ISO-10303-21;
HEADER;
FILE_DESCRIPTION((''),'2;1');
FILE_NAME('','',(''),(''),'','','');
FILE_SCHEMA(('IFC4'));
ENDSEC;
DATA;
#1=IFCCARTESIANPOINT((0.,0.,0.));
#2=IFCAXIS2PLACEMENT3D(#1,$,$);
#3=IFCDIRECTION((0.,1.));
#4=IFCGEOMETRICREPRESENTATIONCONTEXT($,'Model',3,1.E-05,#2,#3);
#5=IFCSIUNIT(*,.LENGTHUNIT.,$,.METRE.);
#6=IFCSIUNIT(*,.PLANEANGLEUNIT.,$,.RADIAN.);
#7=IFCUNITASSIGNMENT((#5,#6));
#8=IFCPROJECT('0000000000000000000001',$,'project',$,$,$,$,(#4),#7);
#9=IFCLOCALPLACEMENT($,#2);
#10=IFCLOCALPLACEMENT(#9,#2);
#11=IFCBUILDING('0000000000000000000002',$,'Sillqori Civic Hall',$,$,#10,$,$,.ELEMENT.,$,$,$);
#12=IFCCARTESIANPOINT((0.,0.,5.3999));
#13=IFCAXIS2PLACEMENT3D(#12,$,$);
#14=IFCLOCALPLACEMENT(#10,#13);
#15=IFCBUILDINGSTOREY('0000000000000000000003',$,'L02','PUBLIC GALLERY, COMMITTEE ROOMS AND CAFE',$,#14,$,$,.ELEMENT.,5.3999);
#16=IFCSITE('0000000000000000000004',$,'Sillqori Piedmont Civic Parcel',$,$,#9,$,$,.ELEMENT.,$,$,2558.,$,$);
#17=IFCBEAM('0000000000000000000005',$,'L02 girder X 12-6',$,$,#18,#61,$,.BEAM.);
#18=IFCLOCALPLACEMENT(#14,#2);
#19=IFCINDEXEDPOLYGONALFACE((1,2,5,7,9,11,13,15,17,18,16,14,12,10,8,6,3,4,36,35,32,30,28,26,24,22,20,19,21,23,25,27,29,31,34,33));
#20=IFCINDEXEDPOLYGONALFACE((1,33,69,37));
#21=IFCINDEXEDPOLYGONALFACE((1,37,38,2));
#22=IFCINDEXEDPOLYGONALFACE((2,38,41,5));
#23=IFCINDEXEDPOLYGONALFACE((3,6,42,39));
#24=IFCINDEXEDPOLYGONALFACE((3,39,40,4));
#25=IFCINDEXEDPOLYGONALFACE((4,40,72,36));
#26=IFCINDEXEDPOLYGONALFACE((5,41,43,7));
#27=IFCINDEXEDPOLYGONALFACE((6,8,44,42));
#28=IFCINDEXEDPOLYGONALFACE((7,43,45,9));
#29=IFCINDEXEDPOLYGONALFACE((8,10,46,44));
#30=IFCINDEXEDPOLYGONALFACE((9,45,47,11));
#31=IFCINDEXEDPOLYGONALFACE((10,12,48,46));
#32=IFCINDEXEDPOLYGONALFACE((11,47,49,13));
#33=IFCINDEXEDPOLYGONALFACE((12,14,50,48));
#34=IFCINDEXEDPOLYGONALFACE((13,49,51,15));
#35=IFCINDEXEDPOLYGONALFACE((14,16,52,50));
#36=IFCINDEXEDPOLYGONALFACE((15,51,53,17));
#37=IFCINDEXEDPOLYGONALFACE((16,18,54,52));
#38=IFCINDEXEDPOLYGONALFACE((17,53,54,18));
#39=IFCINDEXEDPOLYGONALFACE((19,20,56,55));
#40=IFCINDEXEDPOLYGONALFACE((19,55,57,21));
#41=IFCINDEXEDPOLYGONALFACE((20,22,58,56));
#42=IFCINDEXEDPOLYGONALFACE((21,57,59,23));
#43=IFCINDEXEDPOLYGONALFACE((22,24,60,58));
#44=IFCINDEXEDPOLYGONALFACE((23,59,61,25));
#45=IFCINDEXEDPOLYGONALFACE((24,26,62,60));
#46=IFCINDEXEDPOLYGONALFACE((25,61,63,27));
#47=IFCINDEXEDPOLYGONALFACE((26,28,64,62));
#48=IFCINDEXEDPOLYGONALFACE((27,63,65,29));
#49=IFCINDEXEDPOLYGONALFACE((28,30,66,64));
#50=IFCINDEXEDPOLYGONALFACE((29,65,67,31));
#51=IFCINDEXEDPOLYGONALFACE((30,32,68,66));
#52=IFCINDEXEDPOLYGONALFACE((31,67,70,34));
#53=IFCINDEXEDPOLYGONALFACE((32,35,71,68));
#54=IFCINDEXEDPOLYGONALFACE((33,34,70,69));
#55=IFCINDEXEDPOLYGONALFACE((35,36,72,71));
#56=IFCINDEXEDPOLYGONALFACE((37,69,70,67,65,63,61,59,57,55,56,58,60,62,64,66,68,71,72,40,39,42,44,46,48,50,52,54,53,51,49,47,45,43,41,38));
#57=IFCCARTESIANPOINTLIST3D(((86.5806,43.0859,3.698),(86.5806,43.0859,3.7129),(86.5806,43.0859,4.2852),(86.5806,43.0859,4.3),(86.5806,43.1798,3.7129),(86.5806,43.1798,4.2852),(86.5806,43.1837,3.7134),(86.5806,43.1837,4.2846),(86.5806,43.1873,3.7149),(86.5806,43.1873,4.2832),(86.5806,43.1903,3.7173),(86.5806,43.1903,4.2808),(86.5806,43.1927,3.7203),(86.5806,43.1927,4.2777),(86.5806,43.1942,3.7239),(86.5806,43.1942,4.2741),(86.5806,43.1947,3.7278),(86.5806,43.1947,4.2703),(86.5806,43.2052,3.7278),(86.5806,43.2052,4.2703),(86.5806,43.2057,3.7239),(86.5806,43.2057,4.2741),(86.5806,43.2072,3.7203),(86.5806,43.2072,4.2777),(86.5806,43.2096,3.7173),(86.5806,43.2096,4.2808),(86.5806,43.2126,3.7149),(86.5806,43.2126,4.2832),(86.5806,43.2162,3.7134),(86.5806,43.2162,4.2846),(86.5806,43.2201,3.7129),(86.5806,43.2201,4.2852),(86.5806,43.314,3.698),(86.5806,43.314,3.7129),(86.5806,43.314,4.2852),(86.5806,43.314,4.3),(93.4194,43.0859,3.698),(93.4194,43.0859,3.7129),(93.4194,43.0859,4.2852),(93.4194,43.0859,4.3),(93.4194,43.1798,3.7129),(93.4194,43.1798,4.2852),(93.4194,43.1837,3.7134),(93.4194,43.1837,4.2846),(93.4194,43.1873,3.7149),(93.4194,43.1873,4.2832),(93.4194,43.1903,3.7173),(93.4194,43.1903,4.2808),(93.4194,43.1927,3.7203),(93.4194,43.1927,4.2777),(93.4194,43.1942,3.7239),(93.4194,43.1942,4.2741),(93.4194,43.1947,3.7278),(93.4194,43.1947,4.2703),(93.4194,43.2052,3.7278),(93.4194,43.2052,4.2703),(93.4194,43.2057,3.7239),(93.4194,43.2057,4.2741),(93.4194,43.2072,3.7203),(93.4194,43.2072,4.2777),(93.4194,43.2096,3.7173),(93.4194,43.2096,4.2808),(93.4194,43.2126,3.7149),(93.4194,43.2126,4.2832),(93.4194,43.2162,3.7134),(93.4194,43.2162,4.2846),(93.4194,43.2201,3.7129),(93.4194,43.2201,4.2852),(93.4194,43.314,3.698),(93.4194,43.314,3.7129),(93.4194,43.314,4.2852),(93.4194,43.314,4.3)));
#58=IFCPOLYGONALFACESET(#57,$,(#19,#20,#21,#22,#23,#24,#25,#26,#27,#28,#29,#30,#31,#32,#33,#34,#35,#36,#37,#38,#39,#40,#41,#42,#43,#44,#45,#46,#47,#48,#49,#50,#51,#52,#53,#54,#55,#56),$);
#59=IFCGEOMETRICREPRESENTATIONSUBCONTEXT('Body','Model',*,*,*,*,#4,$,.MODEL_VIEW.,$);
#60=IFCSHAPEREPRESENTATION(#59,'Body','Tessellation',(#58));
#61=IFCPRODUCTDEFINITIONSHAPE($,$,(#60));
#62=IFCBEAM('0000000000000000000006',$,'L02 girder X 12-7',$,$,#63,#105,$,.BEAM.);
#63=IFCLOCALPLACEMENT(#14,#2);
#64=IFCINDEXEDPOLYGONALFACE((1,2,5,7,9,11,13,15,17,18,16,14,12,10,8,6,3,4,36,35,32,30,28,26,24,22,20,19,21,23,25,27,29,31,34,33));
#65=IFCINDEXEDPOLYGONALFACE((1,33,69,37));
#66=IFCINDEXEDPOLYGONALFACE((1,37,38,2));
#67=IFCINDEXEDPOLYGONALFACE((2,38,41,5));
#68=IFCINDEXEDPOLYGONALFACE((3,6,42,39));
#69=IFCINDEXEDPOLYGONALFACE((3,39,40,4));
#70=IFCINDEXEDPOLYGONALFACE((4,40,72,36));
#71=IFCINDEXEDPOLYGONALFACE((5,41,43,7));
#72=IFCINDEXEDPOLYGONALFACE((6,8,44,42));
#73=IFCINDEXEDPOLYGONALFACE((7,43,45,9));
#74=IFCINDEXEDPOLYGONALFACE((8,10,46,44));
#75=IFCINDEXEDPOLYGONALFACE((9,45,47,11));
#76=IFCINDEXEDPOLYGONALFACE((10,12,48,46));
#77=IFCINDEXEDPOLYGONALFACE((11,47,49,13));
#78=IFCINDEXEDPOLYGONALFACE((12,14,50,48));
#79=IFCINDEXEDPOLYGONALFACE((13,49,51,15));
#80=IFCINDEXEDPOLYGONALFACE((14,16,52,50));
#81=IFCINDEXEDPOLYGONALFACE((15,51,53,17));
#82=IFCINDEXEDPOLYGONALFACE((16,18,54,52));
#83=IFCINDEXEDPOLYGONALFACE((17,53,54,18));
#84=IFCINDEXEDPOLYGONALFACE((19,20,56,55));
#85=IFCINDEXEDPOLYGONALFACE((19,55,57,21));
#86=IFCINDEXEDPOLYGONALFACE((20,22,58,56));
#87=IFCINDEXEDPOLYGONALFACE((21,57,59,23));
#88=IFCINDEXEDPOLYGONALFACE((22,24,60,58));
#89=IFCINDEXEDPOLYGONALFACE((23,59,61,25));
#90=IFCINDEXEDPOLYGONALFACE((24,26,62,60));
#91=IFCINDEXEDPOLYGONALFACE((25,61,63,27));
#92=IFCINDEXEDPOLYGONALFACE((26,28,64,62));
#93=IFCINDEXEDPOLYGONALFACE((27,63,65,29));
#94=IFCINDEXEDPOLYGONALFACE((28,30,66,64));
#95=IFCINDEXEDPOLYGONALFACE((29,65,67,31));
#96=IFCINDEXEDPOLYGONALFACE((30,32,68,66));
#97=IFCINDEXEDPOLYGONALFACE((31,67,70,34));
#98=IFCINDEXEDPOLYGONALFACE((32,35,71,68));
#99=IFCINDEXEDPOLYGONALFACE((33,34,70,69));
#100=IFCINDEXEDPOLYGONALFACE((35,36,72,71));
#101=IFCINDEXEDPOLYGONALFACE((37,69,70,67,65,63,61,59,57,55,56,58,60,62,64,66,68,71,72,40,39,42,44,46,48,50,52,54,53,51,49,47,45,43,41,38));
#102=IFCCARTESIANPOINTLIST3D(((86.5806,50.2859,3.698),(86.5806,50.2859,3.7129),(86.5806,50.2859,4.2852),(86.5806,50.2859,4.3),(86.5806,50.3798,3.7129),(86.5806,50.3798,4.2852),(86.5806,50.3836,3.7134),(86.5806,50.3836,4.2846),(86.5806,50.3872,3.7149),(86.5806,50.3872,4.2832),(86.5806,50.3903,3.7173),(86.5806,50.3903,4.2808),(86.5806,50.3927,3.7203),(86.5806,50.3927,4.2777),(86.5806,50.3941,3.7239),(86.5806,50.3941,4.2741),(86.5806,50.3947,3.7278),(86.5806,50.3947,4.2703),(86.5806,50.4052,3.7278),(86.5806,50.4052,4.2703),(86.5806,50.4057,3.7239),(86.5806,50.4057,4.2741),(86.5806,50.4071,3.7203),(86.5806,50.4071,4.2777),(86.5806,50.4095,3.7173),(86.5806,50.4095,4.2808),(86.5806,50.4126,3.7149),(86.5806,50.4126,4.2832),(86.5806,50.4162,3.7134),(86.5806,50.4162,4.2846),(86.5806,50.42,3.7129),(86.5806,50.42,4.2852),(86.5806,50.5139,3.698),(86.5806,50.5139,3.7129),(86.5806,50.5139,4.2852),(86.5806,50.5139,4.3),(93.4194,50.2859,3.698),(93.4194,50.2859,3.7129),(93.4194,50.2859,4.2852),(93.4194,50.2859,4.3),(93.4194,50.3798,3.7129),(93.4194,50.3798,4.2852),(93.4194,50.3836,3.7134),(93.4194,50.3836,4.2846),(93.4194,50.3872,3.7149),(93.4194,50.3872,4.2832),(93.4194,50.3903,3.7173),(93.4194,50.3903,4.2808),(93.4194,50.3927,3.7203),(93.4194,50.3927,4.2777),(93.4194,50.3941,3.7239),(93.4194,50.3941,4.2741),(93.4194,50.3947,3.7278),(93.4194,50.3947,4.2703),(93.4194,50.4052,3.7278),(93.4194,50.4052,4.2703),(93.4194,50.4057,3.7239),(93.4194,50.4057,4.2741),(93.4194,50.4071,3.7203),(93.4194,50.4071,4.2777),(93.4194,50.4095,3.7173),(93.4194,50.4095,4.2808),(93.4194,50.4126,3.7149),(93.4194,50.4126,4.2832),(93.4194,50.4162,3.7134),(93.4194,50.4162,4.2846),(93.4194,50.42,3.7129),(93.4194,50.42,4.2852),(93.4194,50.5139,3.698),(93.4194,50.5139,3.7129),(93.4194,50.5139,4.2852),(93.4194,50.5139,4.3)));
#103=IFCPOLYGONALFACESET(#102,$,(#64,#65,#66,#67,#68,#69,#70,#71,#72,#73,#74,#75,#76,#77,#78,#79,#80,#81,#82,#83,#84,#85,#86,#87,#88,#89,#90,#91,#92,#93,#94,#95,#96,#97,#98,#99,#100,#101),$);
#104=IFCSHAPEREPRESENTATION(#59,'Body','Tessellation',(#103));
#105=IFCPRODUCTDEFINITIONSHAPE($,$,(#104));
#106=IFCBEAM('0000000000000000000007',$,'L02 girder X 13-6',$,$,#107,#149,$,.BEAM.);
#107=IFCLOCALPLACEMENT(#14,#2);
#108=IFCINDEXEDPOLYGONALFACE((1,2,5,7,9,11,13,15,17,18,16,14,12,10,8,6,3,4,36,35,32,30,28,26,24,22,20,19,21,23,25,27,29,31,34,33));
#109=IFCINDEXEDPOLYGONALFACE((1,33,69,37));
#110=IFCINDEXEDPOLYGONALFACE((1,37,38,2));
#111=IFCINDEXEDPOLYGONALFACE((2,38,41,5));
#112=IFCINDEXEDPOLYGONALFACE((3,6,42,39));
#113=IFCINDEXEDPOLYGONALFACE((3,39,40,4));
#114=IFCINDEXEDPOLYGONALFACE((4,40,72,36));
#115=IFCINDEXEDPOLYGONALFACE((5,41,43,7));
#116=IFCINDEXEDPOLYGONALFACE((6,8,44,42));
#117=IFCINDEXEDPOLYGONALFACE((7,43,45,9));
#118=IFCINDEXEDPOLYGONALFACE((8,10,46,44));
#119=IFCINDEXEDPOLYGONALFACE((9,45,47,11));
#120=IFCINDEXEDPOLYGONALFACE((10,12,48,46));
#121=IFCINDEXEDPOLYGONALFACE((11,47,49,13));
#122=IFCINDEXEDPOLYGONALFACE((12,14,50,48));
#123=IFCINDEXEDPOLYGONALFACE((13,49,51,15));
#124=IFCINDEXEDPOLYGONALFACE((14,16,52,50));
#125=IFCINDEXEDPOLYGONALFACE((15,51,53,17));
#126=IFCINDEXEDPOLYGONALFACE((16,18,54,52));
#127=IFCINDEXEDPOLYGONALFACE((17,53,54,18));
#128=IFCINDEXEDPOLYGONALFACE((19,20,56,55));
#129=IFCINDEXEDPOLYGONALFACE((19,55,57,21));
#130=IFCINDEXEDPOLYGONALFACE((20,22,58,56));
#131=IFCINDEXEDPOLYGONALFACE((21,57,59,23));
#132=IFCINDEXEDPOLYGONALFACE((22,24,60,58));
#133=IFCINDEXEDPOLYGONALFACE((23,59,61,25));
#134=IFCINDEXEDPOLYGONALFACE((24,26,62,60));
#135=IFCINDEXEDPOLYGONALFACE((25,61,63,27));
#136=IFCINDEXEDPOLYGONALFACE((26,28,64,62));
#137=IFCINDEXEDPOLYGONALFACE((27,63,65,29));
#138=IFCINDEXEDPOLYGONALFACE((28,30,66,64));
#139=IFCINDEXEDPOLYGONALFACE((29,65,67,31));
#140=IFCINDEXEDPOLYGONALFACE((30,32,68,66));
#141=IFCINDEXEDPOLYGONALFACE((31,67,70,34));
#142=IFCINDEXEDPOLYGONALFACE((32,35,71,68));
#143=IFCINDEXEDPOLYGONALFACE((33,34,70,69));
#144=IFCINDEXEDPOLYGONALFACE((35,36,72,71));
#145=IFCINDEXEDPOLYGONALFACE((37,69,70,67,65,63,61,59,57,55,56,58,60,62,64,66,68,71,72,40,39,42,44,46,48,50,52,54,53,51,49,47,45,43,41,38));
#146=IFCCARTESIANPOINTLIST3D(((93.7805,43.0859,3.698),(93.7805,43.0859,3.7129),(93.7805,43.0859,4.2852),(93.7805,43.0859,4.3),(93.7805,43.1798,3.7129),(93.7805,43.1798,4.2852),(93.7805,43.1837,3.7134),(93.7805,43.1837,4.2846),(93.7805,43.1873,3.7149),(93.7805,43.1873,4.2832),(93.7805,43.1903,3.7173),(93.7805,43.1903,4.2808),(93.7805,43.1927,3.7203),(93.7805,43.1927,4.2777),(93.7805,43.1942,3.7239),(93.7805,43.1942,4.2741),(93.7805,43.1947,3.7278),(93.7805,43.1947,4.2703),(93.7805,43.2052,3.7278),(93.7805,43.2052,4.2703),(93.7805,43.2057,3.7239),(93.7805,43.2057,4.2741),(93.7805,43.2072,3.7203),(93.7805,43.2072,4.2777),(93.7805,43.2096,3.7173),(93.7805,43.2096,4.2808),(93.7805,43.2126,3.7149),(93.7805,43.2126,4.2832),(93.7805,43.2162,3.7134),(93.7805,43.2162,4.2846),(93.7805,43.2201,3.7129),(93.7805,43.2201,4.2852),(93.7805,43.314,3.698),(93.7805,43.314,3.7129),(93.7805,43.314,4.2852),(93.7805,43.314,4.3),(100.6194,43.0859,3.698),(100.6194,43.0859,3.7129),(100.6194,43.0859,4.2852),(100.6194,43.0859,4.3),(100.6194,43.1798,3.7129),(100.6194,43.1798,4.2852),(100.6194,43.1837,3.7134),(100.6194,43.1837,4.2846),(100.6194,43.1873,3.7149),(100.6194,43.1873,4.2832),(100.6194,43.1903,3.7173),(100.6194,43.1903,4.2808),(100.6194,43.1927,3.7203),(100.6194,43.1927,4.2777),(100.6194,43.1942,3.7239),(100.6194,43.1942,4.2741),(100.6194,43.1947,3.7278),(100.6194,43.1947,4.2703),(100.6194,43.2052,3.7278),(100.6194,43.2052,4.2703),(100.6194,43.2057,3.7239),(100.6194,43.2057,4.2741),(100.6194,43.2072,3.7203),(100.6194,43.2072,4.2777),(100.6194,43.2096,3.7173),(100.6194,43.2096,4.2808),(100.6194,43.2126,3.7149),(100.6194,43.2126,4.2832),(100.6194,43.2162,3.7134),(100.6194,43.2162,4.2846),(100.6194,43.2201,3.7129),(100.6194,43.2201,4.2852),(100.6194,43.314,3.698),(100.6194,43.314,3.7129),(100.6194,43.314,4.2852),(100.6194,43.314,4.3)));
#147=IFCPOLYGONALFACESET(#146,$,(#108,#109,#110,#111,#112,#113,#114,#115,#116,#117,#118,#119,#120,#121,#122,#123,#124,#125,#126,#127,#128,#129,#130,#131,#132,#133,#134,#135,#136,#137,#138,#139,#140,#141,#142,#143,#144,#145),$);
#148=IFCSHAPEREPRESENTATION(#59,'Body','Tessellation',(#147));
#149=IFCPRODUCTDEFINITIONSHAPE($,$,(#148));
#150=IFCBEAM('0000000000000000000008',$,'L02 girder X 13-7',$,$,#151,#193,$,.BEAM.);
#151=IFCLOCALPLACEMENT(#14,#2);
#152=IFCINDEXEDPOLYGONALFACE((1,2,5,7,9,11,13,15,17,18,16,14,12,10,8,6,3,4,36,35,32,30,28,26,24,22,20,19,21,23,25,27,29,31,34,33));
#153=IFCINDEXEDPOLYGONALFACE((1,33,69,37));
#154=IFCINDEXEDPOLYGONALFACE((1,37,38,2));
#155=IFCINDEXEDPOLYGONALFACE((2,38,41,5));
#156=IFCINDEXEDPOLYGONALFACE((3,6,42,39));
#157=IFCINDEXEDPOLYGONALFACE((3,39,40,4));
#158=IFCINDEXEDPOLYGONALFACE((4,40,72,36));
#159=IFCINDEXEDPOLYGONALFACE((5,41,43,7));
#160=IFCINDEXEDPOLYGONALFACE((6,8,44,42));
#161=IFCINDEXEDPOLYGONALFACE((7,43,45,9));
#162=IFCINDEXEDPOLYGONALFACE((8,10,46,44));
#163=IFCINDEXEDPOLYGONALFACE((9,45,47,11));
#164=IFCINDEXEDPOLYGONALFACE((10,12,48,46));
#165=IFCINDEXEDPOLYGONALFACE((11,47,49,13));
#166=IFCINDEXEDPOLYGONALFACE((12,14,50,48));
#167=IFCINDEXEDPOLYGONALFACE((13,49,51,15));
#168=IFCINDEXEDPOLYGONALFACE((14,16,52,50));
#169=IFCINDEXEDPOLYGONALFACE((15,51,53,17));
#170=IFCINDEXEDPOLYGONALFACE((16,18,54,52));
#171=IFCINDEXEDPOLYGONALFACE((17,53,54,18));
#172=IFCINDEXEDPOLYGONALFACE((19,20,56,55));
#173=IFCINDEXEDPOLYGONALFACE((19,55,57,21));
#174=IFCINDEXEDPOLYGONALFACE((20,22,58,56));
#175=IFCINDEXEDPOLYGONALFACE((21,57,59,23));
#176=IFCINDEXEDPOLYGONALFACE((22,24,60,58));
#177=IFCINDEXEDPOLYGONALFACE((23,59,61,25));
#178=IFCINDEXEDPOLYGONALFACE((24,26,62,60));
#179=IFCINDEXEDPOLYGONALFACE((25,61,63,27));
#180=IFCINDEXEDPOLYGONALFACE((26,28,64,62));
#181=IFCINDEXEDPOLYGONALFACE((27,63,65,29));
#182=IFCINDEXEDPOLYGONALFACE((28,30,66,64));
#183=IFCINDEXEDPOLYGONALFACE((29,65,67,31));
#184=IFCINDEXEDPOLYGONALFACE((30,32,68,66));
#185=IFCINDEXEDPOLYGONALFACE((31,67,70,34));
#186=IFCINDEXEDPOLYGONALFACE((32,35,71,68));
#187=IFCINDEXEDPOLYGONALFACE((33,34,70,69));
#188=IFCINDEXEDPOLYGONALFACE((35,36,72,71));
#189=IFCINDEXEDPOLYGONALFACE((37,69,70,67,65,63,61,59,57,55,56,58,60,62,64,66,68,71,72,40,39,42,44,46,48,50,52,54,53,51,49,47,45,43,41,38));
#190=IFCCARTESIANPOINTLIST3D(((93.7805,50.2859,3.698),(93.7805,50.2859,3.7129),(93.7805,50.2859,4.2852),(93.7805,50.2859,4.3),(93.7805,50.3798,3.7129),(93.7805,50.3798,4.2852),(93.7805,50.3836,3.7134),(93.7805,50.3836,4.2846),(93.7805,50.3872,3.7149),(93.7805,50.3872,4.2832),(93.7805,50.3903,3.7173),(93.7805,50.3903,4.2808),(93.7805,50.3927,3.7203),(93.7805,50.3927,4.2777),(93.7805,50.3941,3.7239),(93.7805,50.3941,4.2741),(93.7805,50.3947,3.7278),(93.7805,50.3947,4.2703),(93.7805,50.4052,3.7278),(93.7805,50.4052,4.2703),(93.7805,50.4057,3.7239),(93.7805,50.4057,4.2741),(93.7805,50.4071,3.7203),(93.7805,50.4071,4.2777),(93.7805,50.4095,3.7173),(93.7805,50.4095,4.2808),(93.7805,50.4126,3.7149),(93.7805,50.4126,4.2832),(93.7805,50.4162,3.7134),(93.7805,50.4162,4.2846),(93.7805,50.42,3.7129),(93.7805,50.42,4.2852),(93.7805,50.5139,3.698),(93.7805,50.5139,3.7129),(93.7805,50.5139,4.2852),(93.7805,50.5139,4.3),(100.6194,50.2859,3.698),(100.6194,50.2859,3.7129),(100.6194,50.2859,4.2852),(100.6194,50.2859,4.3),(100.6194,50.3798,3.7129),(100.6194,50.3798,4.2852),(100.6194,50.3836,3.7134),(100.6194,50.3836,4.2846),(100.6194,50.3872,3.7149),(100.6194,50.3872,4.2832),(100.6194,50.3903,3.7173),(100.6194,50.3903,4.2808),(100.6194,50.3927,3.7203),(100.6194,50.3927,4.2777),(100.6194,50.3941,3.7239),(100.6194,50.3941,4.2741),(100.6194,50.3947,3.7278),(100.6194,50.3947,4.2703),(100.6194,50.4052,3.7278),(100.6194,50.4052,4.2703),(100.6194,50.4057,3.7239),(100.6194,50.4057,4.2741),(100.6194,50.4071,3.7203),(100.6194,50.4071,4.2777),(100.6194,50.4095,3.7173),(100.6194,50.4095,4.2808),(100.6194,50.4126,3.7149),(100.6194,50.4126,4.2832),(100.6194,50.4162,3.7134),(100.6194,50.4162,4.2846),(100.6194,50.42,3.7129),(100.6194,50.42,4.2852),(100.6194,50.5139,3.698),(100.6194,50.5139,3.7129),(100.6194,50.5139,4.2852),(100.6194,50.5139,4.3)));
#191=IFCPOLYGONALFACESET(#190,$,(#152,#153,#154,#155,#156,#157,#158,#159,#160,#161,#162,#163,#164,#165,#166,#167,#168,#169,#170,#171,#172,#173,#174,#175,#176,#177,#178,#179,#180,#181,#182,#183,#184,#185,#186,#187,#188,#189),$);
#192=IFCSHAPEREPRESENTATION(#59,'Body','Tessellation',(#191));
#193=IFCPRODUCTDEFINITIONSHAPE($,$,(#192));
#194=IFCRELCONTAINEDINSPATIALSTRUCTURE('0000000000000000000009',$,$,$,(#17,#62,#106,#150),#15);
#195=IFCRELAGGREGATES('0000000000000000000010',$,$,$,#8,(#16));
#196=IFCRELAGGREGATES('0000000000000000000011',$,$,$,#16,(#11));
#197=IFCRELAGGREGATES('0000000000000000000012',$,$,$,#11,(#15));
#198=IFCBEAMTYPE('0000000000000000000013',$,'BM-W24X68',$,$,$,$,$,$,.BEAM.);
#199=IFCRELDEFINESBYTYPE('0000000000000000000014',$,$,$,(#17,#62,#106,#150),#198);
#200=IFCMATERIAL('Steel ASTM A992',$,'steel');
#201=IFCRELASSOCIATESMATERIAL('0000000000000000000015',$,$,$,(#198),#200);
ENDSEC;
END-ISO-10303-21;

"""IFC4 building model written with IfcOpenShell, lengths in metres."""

from ifc_helpers import new_model, si_unit, direction, frame, origin, origin_2d, place, context, subcontext, project, spatial, i_section, extrude, material, material_profile, profile_set, type_object, element, save


model = new_model("IFC4")

# Units and contexts
model_context = context("Model", 3, precision=1e-05, world=origin(), true_north=direction((0.0, 1.0)))
body_context = subcontext(model_context, "Body", "Model", "MODEL_VIEW")
ifc_project = project(units=[si_unit("LENGTHUNIT", "METRE"), si_unit("PLANEANGLEUNIT", "RADIAN")], contexts=[model_context])

# Site, building, storey
site_placement = place(None, origin())
site = spatial("IfcSite", under=ifc_project, at=site_placement, Name="Sillqori Piedmont Civic Parcel", CompositionType="ELEMENT", RefElevation=2558.0)
building_placement = place(site_placement, origin())
building = spatial("IfcBuilding", under=site, at=building_placement, Name="Sillqori Civic Hall", CompositionType="ELEMENT")
storey_placement = place(building_placement, frame((0.0, 0.0, 5.3999)))
storey = spatial("IfcBuildingStorey", under=building, at=storey_placement, Name="L02", Description="PUBLIC GALLERY, COMMITTEE ROOMS AND CAFE", CompositionType="ELEMENT", Elevation=5.3999)

# Shared definitions
ifc_material_1 = material(Name="Steel ASTM A992", Category="steel")

# Beams
ifc_material_profile_1 = material_profile(ifc_material_1, i_section(OverallWidth=0.228, OverallDepth=0.6021, WebThickness=0.0105, FlangeThickness=0.0149, FilletRadius=0.0149, at=origin_2d()), Name="W24X68")
ifc_profile_set_1 = profile_set([ifc_material_profile_1], Name="Steel ASTM A992")
beam_type_1 = type_object("IfcBeamType", Name="BM-W24X68", PredefinedType="BEAM", material=ifc_profile_set_1)
for number, where, z_axis, x_axis, name in (
    (1, (86.5806, 43.2, 3.999), (1.0, 0.0, 0.0), (0.0, 1.0, 0.0), "L02 girder X 12-6"),
    (2, (86.5806, 50.3999, 3.999), (1.0, 0.0, 0.0), (0.0, 1.0, 0.0), "L02 girder X 12-7"),
    (3, (93.7805, 43.2, 3.999), (1.0, 0.0, 0.0), (0.0, 1.0, 0.0), "L02 girder X 13-6"),
    (4, (93.7805, 50.3999, 3.999), (1.0, 0.0, 0.0), (0.0, 1.0, 0.0), "L02 girder X 13-7"),
):
    element("IfcBeam", number, at=place(storey_placement, frame(where, z_axis=z_axis, x_axis=x_axis)), inside=storey, type_object=beam_type_1, Name=name, PredefinedType="BEAM", context=body_context, shape_type="SweptSolid", body=[
        extrude(i_section(OverallWidth=0.228, OverallDepth=0.6021, WebThickness=0.0105, FlangeThickness=0.0149, FilletRadius=0.0149, at=origin_2d()), origin(), (0.0, 0.0, 1.0), 6.8389),
    ])

save(model, "model.ifc")
